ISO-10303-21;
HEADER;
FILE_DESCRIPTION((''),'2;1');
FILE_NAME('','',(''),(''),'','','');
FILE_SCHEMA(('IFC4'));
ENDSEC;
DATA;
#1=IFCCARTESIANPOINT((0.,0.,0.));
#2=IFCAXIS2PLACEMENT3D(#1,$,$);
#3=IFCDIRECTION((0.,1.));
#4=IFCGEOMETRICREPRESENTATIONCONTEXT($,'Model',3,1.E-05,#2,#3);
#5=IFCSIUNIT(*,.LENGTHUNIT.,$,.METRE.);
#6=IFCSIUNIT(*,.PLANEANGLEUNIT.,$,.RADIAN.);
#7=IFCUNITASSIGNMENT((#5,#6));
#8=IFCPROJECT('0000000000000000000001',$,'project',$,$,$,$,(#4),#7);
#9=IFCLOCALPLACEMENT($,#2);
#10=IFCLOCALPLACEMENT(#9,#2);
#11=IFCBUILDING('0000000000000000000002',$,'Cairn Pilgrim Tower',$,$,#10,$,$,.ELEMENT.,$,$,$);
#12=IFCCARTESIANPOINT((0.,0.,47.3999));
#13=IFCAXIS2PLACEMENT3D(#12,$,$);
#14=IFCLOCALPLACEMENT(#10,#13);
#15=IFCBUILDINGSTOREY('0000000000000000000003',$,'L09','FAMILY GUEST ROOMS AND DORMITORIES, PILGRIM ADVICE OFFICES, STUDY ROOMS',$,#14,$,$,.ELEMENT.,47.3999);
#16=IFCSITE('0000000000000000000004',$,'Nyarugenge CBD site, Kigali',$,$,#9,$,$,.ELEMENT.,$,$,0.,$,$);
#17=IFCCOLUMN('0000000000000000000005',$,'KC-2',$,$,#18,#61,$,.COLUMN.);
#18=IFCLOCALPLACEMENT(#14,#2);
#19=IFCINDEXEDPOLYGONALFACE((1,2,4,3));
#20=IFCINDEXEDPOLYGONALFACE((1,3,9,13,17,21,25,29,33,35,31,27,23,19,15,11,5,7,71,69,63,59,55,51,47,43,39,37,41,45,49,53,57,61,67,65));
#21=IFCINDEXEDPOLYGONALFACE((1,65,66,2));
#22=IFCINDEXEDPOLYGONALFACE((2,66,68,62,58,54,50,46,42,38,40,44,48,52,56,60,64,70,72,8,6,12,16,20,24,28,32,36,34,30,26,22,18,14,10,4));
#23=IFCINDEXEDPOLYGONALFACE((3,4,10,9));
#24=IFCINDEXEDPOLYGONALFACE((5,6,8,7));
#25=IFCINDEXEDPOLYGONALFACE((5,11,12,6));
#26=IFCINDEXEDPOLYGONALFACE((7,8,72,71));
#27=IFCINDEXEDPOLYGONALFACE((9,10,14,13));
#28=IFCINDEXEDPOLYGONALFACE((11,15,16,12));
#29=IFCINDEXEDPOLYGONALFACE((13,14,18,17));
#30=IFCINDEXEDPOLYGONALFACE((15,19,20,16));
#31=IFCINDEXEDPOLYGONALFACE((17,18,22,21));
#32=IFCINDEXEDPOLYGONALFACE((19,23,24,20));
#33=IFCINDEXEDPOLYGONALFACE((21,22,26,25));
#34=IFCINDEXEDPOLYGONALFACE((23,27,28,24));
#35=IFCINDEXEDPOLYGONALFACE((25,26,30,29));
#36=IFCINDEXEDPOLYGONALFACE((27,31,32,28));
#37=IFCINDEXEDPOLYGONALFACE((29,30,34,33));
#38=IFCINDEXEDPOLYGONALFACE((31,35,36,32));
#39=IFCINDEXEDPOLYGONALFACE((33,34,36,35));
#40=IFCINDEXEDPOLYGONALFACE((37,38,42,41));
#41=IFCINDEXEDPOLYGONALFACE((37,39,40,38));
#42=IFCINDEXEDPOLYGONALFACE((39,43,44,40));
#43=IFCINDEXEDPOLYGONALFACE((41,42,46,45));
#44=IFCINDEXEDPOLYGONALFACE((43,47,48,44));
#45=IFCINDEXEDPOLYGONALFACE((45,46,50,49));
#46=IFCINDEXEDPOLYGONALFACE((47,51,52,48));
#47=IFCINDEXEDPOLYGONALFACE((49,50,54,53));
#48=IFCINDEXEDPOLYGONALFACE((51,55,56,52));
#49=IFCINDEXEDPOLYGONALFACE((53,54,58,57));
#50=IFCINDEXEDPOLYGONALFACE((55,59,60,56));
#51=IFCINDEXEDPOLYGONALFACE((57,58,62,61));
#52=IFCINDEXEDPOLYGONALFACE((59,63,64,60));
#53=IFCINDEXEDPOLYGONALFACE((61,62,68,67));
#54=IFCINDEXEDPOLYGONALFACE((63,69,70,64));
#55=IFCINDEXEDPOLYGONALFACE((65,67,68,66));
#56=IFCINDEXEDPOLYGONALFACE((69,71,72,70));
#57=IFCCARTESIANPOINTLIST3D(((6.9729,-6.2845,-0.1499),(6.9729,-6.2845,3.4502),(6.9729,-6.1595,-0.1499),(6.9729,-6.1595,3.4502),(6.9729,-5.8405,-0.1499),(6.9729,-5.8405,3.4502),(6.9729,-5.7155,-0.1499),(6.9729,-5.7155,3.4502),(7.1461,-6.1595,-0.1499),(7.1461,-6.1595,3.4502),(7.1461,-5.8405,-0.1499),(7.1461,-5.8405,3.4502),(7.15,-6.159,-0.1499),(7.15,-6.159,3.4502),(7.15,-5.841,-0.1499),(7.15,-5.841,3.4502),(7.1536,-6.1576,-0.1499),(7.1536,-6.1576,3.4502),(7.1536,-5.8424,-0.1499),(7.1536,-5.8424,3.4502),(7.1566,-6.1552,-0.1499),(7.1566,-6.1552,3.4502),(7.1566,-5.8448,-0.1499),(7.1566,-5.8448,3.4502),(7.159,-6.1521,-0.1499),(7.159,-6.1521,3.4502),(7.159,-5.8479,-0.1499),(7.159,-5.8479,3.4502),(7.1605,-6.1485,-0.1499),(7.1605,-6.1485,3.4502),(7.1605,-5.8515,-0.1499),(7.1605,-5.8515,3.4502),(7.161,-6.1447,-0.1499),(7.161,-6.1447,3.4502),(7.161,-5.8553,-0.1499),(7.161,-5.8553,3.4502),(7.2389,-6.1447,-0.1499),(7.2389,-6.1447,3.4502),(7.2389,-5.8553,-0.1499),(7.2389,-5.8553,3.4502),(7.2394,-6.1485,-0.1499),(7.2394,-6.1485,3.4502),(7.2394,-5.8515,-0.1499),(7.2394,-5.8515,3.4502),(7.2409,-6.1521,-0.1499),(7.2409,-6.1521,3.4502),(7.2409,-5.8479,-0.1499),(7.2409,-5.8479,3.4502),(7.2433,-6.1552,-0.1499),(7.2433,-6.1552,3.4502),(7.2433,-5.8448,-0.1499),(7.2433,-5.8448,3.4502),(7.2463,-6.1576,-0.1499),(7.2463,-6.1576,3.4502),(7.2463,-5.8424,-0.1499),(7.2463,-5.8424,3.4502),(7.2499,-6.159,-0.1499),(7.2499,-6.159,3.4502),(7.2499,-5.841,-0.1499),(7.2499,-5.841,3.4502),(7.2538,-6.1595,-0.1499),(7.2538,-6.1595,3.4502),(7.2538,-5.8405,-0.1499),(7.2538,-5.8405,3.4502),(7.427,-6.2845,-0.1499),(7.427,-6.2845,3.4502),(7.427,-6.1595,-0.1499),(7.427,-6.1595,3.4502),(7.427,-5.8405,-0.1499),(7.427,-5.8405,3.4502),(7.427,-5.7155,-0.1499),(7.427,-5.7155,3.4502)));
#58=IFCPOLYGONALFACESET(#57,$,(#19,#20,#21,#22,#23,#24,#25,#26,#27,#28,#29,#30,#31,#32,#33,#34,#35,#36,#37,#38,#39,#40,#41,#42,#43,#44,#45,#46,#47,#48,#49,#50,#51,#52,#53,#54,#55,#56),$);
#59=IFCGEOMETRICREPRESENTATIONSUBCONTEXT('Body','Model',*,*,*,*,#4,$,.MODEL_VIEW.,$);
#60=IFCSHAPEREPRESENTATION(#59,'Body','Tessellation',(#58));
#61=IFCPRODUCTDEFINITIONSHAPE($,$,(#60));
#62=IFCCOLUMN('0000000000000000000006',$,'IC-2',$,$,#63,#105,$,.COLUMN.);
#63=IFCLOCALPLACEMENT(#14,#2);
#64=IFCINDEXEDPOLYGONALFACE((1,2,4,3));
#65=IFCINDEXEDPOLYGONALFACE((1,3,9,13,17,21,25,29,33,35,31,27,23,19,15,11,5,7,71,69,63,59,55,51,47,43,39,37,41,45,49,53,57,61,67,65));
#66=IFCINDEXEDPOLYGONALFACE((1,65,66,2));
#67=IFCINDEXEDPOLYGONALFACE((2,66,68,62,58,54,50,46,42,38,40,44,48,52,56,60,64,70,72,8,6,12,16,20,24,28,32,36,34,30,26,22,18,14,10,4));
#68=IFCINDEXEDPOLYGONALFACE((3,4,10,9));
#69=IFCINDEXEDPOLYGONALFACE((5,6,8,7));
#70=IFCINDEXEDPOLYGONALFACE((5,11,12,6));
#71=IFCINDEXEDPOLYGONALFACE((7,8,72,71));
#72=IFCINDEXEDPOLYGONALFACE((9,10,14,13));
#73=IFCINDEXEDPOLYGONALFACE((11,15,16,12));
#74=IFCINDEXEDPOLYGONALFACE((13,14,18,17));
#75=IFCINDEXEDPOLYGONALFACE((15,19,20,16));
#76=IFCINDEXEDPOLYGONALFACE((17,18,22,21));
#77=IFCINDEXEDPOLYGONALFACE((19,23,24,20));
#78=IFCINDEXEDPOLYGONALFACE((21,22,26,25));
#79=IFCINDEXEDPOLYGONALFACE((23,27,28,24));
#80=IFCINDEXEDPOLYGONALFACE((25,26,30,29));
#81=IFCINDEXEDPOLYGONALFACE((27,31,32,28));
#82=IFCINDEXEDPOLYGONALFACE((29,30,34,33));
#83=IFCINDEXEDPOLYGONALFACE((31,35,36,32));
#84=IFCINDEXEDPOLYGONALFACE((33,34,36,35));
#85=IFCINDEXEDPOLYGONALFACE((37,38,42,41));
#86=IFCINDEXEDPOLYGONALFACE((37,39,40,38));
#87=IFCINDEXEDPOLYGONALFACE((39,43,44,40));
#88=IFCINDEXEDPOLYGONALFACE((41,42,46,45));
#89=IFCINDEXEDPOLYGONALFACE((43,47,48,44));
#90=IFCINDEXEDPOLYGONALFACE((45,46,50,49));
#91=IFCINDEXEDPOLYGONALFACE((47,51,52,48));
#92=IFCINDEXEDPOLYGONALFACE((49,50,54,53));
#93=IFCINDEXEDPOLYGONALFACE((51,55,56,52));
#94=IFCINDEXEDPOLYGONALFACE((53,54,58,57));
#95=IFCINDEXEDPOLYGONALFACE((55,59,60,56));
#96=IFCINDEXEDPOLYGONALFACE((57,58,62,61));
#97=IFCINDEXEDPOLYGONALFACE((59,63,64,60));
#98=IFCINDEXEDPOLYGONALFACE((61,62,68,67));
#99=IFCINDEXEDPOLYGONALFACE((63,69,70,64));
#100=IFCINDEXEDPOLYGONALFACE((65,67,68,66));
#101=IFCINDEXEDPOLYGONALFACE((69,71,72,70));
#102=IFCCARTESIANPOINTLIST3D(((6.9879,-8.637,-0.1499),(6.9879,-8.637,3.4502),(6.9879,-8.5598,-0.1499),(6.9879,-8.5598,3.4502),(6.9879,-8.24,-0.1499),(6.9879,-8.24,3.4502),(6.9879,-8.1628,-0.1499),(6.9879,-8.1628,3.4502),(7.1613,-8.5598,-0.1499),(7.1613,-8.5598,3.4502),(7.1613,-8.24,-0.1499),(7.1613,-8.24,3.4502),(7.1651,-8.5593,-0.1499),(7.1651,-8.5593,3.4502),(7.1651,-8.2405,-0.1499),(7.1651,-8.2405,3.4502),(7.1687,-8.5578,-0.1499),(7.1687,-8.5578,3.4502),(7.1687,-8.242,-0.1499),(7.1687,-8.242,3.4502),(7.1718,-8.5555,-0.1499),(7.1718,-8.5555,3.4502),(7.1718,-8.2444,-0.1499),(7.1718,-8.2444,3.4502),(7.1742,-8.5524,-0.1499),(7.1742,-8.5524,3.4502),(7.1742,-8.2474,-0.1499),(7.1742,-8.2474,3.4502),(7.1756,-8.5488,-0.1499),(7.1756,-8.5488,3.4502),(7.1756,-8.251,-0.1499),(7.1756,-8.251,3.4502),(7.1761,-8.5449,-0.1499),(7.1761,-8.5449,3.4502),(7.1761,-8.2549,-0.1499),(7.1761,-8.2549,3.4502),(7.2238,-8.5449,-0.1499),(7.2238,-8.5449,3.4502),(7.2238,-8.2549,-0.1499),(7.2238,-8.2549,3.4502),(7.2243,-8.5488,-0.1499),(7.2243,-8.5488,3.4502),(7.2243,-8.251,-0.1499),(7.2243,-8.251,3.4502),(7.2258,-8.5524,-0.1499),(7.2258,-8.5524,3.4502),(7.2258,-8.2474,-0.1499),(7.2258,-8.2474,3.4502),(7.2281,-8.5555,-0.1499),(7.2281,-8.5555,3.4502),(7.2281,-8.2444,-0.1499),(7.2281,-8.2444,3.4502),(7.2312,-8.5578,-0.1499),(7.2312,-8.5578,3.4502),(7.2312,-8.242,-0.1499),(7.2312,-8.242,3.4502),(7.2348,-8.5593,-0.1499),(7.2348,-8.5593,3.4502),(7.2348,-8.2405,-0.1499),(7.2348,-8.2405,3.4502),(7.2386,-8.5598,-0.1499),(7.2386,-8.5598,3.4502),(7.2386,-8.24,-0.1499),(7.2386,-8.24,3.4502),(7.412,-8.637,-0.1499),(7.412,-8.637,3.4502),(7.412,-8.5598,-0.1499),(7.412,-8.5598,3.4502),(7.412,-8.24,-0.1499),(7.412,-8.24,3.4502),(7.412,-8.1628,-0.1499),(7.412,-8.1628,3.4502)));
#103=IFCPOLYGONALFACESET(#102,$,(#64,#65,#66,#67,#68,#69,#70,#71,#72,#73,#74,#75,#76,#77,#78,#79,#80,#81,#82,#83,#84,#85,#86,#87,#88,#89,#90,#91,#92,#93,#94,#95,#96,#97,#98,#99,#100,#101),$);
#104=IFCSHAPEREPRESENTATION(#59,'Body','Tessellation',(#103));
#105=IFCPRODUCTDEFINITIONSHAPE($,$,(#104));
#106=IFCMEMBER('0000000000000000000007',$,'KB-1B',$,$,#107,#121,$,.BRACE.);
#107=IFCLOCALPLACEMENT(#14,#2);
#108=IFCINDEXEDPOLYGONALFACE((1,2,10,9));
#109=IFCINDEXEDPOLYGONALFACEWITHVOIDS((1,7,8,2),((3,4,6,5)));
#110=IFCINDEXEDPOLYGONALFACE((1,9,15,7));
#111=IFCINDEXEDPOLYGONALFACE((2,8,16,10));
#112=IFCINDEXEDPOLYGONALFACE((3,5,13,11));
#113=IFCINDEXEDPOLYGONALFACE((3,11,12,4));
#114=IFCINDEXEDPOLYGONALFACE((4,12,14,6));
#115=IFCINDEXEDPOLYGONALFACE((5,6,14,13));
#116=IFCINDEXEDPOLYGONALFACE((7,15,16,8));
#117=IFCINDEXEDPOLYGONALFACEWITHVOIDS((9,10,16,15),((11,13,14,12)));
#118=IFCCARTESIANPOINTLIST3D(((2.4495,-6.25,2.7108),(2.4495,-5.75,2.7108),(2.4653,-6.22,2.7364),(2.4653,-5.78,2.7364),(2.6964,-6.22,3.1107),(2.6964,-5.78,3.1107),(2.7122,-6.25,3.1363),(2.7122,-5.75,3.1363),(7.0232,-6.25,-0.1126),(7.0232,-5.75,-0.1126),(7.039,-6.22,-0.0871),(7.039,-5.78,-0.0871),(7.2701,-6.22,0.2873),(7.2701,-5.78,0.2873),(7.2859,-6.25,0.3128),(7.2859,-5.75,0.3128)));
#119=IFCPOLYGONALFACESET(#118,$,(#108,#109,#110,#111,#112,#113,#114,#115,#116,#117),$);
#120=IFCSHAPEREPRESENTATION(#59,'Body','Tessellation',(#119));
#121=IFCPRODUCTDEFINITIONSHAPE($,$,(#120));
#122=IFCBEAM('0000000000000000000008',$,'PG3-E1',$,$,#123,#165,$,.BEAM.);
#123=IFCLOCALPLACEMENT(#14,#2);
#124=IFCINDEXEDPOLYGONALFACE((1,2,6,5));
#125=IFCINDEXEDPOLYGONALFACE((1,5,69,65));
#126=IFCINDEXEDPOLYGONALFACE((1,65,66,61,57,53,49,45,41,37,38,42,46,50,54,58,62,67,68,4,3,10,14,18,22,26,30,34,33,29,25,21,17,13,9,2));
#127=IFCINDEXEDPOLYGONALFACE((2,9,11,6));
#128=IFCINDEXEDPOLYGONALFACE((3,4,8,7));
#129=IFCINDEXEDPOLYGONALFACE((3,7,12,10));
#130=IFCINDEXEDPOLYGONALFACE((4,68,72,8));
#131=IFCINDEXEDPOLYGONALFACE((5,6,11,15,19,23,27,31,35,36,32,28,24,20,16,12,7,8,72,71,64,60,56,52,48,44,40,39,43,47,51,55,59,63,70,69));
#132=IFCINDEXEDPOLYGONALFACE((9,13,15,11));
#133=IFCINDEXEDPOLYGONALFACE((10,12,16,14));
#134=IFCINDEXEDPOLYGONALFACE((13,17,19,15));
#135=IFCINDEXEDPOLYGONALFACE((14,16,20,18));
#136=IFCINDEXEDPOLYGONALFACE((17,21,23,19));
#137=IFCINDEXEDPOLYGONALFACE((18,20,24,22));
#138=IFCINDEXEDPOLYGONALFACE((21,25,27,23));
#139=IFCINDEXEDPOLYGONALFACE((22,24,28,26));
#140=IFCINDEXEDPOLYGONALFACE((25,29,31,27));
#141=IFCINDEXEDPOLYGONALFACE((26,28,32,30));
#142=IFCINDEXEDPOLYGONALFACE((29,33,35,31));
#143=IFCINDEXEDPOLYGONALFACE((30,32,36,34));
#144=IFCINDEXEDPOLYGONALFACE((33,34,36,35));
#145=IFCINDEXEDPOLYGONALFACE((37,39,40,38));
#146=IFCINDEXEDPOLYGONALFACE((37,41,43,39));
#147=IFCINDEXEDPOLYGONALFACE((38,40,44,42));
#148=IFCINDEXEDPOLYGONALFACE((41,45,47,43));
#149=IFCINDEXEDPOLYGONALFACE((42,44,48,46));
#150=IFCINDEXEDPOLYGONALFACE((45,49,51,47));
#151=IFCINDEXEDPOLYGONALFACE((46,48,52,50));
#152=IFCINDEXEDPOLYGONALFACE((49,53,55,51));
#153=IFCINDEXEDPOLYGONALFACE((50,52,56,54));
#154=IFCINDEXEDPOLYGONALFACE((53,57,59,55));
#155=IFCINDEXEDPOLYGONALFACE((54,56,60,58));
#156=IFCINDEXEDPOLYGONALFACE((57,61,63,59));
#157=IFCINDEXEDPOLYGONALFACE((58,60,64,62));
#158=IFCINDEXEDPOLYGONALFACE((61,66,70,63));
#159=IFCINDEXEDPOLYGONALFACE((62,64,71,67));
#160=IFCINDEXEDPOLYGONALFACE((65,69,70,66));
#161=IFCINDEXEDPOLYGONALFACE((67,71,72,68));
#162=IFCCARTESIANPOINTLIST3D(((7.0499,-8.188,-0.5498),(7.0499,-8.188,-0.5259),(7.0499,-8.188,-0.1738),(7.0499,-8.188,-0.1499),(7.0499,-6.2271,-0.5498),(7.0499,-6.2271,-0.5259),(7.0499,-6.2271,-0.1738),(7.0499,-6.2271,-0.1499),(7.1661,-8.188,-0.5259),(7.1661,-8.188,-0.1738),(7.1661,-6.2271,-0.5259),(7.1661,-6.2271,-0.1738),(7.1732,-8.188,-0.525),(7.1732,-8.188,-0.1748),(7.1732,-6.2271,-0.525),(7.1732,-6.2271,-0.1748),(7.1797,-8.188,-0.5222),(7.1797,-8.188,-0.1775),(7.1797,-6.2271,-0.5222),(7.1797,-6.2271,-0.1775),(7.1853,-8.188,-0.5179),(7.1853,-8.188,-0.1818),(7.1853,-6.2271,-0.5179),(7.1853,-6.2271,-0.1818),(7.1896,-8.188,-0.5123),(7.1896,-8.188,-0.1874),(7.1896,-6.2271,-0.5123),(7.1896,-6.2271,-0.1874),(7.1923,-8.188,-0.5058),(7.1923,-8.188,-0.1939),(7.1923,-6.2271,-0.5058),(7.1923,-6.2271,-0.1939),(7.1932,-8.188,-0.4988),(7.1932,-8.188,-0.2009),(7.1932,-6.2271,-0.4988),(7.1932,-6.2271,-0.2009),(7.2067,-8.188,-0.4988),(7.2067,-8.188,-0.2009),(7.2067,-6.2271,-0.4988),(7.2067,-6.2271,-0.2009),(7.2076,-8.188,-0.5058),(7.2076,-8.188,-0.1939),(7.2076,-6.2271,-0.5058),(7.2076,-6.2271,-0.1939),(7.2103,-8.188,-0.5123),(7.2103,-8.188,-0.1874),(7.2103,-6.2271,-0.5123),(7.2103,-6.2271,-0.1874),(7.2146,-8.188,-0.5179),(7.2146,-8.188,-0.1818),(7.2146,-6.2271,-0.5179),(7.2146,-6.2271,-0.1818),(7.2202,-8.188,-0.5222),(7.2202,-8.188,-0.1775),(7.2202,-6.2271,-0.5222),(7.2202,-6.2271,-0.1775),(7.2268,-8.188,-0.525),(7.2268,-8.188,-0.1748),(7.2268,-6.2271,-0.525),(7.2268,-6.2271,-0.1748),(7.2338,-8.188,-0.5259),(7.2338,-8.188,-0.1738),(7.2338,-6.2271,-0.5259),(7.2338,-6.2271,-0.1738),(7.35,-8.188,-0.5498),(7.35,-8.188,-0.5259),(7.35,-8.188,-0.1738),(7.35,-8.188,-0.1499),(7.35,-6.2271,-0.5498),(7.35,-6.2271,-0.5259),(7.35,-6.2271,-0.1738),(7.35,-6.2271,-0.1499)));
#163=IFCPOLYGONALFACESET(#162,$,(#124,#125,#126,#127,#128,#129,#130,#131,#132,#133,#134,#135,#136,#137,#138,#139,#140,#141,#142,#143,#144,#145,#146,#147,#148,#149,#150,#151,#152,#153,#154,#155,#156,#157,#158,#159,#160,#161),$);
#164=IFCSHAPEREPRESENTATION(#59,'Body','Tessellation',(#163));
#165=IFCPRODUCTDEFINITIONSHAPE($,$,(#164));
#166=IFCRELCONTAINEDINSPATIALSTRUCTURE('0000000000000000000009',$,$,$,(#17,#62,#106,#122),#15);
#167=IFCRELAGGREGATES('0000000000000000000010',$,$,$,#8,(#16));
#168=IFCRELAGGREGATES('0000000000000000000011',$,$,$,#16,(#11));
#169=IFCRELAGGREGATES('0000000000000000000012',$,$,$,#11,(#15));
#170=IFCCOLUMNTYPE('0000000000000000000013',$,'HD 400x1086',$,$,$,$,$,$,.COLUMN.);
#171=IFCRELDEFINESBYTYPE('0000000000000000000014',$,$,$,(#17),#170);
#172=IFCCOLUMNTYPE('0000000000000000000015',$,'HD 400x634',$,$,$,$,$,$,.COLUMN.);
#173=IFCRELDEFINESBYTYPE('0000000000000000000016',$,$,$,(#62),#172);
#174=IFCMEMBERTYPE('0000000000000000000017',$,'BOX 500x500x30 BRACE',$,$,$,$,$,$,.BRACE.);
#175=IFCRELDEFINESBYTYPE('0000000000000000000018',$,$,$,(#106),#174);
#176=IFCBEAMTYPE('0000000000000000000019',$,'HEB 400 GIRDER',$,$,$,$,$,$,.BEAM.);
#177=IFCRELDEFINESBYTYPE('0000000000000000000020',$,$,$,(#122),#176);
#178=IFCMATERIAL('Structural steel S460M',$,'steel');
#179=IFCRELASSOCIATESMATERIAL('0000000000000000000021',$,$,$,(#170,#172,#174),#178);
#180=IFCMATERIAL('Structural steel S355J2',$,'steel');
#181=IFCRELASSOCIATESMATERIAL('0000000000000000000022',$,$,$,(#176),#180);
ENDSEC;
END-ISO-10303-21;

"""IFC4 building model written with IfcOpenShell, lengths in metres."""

from ifc_helpers import new_model, si_unit, direction, frame, origin, origin_2d, place, context, subcontext, project, spatial, hollow_rectangle, i_section, extrude, material, material_profile, profile_set, type_object, element, save


model = new_model("IFC4")

# Units and contexts
model_context = context("Model", 3, precision=1e-05, world=origin(), true_north=direction((0.0, 1.0)))
body_context = subcontext(model_context, "Body", "Model", "MODEL_VIEW")
ifc_project = project(units=[si_unit("LENGTHUNIT", "METRE"), si_unit("PLANEANGLEUNIT", "RADIAN")], contexts=[model_context])

# Site, building, storey
site_placement = place(None, origin())
site = spatial("IfcSite", under=ifc_project, at=site_placement, Name="Nyarugenge CBD site, Kigali", CompositionType="ELEMENT", RefElevation=0.0)
building_placement = place(site_placement, origin())
building = spatial("IfcBuilding", under=site, at=building_placement, Name="Cairn Pilgrim Tower", CompositionType="ELEMENT")
storey_placement = place(building_placement, frame((0.0, 0.0, 47.3999)))
storey = spatial("IfcBuildingStorey", under=building, at=storey_placement, Name="L09", Description="FAMILY GUEST ROOMS AND DORMITORIES, PILGRIM ADVICE OFFICES, STUDY ROOMS", CompositionType="ELEMENT", Elevation=47.3999)

# Columns
ifc_material_1 = material(Name="Structural steel S460M", Category="steel")
ifc_material_profile_1 = material_profile(ifc_material_1, i_section(OverallWidth=0.4541, OverallDepth=0.5691, WebThickness=0.0779, FlangeThickness=0.125, FilletRadius=0.0149, at=origin_2d()), Name="HD 400x1086")
ifc_profile_set_1 = profile_set([ifc_material_profile_1], Name="Structural steel S460M")
column_type_1 = type_object("IfcColumnType", Name="HD 400x1086", PredefinedType="COLUMN", material=ifc_profile_set_1)
column_1_placement = place(storey_placement, frame((7.2, -6.0, -0.1499), z_axis=(0.0, 0.0, 1.0), x_axis=(1.0, 0.0, 0.0)))
element("IfcColumn", 1, at=column_1_placement, inside=storey, type_object=column_type_1, Name="KC-2", PredefinedType="COLUMN", context=body_context, shape_type="SweptSolid", body=[
    extrude(i_section(OverallWidth=0.4541, OverallDepth=0.5691, WebThickness=0.0779, FlangeThickness=0.125, FilletRadius=0.0149, at=origin_2d()), origin(), (0.0, 0.0, 1.0), 3.6001),
])
ifc_material_profile_2 = material_profile(ifc_material_1, i_section(OverallWidth=0.4241, OverallDepth=0.4741, WebThickness=0.0476, FlangeThickness=0.0771, FilletRadius=0.0149, at=origin_2d()), Name="HD 400x634")
ifc_profile_set_2 = profile_set([ifc_material_profile_2], Name="Structural steel S460M")
column_type_2 = type_object("IfcColumnType", Name="HD 400x634", PredefinedType="COLUMN", material=ifc_profile_set_2)
column_2_placement = place(storey_placement, frame((7.2, -8.3999, -0.1499), z_axis=(0.0, 0.0, 1.0), x_axis=(1.0, 0.0, 0.0)))
element("IfcColumn", 2, at=column_2_placement, inside=storey, type_object=column_type_2, Name="IC-2", PredefinedType="COLUMN", context=body_context, shape_type="SweptSolid", body=[
    extrude(i_section(OverallWidth=0.4241, OverallDepth=0.4741, WebThickness=0.0476, FlangeThickness=0.0771, FilletRadius=0.0149, at=origin_2d()), origin(), (0.0, 0.0, 1.0), 3.6001),
])

# Member
ifc_material_profile_3 = material_profile(ifc_material_1, hollow_rectangle(XDim=0.5, YDim=0.5, WallThickness=0.03, at=origin_2d()), Name="BOX 500x500x30")
ifc_profile_set_3 = profile_set([ifc_material_profile_3], Name="Structural steel S460M")
member_type = type_object("IfcMemberType", Name="BOX 500x500x30 BRACE", PredefinedType="BRACE", material=ifc_profile_set_3)
member_placement = place(storey_placement, frame((7.1545, -6.0, 0.1001), z_axis=(-0.85092, 0.0, 0.525296), x_axis=(0.0, -1.0, 0.0)))
element("IfcMember", 3, at=member_placement, inside=storey, type_object=member_type, Name="KB-1B", PredefinedType="BRACE", context=body_context, shape_type="SweptSolid", body=[
    extrude(hollow_rectangle(XDim=0.5, YDim=0.5, WallThickness=0.03, at=origin_2d()), origin(), (0.0, 0.0, 1.0), 5.375),
])

# Beam
ifc_material_2 = material(Name="Structural steel S355J2", Category="steel")
ifc_material_profile_4 = material_profile(ifc_material_2, i_section(OverallWidth=0.3, OverallDepth=0.3999, WebThickness=0.0134, FlangeThickness=0.0239, FilletRadius=0.0271, at=origin_2d()), Name="HEB 400")
ifc_profile_set_4 = profile_set([ifc_material_profile_4], Name="Structural steel S355J2")
beam_type_1 = type_object("IfcBeamType", Name="HEB 400 GIRDER", PredefinedType="BEAM", material=ifc_profile_set_4)
beam_1_placement = place(storey_placement, frame((7.2, -8.188, -0.3499), z_axis=(0.0, 1.0, 0.0), x_axis=(-1.0, 0.0, 0.0)))
element("IfcBeam", 4, at=beam_1_placement, inside=storey, type_object=beam_type_1, Name="PG3-E1", PredefinedType="BEAM", context=body_context, shape_type="SweptSolid", body=[
    extrude(i_section(OverallWidth=0.3, OverallDepth=0.3999, WebThickness=0.0134, FlangeThickness=0.0239, FilletRadius=0.0271, at=origin_2d()), origin(), (0.0, 0.0, 1.0), 1.9609),
])

save(model, "model.ifc")
